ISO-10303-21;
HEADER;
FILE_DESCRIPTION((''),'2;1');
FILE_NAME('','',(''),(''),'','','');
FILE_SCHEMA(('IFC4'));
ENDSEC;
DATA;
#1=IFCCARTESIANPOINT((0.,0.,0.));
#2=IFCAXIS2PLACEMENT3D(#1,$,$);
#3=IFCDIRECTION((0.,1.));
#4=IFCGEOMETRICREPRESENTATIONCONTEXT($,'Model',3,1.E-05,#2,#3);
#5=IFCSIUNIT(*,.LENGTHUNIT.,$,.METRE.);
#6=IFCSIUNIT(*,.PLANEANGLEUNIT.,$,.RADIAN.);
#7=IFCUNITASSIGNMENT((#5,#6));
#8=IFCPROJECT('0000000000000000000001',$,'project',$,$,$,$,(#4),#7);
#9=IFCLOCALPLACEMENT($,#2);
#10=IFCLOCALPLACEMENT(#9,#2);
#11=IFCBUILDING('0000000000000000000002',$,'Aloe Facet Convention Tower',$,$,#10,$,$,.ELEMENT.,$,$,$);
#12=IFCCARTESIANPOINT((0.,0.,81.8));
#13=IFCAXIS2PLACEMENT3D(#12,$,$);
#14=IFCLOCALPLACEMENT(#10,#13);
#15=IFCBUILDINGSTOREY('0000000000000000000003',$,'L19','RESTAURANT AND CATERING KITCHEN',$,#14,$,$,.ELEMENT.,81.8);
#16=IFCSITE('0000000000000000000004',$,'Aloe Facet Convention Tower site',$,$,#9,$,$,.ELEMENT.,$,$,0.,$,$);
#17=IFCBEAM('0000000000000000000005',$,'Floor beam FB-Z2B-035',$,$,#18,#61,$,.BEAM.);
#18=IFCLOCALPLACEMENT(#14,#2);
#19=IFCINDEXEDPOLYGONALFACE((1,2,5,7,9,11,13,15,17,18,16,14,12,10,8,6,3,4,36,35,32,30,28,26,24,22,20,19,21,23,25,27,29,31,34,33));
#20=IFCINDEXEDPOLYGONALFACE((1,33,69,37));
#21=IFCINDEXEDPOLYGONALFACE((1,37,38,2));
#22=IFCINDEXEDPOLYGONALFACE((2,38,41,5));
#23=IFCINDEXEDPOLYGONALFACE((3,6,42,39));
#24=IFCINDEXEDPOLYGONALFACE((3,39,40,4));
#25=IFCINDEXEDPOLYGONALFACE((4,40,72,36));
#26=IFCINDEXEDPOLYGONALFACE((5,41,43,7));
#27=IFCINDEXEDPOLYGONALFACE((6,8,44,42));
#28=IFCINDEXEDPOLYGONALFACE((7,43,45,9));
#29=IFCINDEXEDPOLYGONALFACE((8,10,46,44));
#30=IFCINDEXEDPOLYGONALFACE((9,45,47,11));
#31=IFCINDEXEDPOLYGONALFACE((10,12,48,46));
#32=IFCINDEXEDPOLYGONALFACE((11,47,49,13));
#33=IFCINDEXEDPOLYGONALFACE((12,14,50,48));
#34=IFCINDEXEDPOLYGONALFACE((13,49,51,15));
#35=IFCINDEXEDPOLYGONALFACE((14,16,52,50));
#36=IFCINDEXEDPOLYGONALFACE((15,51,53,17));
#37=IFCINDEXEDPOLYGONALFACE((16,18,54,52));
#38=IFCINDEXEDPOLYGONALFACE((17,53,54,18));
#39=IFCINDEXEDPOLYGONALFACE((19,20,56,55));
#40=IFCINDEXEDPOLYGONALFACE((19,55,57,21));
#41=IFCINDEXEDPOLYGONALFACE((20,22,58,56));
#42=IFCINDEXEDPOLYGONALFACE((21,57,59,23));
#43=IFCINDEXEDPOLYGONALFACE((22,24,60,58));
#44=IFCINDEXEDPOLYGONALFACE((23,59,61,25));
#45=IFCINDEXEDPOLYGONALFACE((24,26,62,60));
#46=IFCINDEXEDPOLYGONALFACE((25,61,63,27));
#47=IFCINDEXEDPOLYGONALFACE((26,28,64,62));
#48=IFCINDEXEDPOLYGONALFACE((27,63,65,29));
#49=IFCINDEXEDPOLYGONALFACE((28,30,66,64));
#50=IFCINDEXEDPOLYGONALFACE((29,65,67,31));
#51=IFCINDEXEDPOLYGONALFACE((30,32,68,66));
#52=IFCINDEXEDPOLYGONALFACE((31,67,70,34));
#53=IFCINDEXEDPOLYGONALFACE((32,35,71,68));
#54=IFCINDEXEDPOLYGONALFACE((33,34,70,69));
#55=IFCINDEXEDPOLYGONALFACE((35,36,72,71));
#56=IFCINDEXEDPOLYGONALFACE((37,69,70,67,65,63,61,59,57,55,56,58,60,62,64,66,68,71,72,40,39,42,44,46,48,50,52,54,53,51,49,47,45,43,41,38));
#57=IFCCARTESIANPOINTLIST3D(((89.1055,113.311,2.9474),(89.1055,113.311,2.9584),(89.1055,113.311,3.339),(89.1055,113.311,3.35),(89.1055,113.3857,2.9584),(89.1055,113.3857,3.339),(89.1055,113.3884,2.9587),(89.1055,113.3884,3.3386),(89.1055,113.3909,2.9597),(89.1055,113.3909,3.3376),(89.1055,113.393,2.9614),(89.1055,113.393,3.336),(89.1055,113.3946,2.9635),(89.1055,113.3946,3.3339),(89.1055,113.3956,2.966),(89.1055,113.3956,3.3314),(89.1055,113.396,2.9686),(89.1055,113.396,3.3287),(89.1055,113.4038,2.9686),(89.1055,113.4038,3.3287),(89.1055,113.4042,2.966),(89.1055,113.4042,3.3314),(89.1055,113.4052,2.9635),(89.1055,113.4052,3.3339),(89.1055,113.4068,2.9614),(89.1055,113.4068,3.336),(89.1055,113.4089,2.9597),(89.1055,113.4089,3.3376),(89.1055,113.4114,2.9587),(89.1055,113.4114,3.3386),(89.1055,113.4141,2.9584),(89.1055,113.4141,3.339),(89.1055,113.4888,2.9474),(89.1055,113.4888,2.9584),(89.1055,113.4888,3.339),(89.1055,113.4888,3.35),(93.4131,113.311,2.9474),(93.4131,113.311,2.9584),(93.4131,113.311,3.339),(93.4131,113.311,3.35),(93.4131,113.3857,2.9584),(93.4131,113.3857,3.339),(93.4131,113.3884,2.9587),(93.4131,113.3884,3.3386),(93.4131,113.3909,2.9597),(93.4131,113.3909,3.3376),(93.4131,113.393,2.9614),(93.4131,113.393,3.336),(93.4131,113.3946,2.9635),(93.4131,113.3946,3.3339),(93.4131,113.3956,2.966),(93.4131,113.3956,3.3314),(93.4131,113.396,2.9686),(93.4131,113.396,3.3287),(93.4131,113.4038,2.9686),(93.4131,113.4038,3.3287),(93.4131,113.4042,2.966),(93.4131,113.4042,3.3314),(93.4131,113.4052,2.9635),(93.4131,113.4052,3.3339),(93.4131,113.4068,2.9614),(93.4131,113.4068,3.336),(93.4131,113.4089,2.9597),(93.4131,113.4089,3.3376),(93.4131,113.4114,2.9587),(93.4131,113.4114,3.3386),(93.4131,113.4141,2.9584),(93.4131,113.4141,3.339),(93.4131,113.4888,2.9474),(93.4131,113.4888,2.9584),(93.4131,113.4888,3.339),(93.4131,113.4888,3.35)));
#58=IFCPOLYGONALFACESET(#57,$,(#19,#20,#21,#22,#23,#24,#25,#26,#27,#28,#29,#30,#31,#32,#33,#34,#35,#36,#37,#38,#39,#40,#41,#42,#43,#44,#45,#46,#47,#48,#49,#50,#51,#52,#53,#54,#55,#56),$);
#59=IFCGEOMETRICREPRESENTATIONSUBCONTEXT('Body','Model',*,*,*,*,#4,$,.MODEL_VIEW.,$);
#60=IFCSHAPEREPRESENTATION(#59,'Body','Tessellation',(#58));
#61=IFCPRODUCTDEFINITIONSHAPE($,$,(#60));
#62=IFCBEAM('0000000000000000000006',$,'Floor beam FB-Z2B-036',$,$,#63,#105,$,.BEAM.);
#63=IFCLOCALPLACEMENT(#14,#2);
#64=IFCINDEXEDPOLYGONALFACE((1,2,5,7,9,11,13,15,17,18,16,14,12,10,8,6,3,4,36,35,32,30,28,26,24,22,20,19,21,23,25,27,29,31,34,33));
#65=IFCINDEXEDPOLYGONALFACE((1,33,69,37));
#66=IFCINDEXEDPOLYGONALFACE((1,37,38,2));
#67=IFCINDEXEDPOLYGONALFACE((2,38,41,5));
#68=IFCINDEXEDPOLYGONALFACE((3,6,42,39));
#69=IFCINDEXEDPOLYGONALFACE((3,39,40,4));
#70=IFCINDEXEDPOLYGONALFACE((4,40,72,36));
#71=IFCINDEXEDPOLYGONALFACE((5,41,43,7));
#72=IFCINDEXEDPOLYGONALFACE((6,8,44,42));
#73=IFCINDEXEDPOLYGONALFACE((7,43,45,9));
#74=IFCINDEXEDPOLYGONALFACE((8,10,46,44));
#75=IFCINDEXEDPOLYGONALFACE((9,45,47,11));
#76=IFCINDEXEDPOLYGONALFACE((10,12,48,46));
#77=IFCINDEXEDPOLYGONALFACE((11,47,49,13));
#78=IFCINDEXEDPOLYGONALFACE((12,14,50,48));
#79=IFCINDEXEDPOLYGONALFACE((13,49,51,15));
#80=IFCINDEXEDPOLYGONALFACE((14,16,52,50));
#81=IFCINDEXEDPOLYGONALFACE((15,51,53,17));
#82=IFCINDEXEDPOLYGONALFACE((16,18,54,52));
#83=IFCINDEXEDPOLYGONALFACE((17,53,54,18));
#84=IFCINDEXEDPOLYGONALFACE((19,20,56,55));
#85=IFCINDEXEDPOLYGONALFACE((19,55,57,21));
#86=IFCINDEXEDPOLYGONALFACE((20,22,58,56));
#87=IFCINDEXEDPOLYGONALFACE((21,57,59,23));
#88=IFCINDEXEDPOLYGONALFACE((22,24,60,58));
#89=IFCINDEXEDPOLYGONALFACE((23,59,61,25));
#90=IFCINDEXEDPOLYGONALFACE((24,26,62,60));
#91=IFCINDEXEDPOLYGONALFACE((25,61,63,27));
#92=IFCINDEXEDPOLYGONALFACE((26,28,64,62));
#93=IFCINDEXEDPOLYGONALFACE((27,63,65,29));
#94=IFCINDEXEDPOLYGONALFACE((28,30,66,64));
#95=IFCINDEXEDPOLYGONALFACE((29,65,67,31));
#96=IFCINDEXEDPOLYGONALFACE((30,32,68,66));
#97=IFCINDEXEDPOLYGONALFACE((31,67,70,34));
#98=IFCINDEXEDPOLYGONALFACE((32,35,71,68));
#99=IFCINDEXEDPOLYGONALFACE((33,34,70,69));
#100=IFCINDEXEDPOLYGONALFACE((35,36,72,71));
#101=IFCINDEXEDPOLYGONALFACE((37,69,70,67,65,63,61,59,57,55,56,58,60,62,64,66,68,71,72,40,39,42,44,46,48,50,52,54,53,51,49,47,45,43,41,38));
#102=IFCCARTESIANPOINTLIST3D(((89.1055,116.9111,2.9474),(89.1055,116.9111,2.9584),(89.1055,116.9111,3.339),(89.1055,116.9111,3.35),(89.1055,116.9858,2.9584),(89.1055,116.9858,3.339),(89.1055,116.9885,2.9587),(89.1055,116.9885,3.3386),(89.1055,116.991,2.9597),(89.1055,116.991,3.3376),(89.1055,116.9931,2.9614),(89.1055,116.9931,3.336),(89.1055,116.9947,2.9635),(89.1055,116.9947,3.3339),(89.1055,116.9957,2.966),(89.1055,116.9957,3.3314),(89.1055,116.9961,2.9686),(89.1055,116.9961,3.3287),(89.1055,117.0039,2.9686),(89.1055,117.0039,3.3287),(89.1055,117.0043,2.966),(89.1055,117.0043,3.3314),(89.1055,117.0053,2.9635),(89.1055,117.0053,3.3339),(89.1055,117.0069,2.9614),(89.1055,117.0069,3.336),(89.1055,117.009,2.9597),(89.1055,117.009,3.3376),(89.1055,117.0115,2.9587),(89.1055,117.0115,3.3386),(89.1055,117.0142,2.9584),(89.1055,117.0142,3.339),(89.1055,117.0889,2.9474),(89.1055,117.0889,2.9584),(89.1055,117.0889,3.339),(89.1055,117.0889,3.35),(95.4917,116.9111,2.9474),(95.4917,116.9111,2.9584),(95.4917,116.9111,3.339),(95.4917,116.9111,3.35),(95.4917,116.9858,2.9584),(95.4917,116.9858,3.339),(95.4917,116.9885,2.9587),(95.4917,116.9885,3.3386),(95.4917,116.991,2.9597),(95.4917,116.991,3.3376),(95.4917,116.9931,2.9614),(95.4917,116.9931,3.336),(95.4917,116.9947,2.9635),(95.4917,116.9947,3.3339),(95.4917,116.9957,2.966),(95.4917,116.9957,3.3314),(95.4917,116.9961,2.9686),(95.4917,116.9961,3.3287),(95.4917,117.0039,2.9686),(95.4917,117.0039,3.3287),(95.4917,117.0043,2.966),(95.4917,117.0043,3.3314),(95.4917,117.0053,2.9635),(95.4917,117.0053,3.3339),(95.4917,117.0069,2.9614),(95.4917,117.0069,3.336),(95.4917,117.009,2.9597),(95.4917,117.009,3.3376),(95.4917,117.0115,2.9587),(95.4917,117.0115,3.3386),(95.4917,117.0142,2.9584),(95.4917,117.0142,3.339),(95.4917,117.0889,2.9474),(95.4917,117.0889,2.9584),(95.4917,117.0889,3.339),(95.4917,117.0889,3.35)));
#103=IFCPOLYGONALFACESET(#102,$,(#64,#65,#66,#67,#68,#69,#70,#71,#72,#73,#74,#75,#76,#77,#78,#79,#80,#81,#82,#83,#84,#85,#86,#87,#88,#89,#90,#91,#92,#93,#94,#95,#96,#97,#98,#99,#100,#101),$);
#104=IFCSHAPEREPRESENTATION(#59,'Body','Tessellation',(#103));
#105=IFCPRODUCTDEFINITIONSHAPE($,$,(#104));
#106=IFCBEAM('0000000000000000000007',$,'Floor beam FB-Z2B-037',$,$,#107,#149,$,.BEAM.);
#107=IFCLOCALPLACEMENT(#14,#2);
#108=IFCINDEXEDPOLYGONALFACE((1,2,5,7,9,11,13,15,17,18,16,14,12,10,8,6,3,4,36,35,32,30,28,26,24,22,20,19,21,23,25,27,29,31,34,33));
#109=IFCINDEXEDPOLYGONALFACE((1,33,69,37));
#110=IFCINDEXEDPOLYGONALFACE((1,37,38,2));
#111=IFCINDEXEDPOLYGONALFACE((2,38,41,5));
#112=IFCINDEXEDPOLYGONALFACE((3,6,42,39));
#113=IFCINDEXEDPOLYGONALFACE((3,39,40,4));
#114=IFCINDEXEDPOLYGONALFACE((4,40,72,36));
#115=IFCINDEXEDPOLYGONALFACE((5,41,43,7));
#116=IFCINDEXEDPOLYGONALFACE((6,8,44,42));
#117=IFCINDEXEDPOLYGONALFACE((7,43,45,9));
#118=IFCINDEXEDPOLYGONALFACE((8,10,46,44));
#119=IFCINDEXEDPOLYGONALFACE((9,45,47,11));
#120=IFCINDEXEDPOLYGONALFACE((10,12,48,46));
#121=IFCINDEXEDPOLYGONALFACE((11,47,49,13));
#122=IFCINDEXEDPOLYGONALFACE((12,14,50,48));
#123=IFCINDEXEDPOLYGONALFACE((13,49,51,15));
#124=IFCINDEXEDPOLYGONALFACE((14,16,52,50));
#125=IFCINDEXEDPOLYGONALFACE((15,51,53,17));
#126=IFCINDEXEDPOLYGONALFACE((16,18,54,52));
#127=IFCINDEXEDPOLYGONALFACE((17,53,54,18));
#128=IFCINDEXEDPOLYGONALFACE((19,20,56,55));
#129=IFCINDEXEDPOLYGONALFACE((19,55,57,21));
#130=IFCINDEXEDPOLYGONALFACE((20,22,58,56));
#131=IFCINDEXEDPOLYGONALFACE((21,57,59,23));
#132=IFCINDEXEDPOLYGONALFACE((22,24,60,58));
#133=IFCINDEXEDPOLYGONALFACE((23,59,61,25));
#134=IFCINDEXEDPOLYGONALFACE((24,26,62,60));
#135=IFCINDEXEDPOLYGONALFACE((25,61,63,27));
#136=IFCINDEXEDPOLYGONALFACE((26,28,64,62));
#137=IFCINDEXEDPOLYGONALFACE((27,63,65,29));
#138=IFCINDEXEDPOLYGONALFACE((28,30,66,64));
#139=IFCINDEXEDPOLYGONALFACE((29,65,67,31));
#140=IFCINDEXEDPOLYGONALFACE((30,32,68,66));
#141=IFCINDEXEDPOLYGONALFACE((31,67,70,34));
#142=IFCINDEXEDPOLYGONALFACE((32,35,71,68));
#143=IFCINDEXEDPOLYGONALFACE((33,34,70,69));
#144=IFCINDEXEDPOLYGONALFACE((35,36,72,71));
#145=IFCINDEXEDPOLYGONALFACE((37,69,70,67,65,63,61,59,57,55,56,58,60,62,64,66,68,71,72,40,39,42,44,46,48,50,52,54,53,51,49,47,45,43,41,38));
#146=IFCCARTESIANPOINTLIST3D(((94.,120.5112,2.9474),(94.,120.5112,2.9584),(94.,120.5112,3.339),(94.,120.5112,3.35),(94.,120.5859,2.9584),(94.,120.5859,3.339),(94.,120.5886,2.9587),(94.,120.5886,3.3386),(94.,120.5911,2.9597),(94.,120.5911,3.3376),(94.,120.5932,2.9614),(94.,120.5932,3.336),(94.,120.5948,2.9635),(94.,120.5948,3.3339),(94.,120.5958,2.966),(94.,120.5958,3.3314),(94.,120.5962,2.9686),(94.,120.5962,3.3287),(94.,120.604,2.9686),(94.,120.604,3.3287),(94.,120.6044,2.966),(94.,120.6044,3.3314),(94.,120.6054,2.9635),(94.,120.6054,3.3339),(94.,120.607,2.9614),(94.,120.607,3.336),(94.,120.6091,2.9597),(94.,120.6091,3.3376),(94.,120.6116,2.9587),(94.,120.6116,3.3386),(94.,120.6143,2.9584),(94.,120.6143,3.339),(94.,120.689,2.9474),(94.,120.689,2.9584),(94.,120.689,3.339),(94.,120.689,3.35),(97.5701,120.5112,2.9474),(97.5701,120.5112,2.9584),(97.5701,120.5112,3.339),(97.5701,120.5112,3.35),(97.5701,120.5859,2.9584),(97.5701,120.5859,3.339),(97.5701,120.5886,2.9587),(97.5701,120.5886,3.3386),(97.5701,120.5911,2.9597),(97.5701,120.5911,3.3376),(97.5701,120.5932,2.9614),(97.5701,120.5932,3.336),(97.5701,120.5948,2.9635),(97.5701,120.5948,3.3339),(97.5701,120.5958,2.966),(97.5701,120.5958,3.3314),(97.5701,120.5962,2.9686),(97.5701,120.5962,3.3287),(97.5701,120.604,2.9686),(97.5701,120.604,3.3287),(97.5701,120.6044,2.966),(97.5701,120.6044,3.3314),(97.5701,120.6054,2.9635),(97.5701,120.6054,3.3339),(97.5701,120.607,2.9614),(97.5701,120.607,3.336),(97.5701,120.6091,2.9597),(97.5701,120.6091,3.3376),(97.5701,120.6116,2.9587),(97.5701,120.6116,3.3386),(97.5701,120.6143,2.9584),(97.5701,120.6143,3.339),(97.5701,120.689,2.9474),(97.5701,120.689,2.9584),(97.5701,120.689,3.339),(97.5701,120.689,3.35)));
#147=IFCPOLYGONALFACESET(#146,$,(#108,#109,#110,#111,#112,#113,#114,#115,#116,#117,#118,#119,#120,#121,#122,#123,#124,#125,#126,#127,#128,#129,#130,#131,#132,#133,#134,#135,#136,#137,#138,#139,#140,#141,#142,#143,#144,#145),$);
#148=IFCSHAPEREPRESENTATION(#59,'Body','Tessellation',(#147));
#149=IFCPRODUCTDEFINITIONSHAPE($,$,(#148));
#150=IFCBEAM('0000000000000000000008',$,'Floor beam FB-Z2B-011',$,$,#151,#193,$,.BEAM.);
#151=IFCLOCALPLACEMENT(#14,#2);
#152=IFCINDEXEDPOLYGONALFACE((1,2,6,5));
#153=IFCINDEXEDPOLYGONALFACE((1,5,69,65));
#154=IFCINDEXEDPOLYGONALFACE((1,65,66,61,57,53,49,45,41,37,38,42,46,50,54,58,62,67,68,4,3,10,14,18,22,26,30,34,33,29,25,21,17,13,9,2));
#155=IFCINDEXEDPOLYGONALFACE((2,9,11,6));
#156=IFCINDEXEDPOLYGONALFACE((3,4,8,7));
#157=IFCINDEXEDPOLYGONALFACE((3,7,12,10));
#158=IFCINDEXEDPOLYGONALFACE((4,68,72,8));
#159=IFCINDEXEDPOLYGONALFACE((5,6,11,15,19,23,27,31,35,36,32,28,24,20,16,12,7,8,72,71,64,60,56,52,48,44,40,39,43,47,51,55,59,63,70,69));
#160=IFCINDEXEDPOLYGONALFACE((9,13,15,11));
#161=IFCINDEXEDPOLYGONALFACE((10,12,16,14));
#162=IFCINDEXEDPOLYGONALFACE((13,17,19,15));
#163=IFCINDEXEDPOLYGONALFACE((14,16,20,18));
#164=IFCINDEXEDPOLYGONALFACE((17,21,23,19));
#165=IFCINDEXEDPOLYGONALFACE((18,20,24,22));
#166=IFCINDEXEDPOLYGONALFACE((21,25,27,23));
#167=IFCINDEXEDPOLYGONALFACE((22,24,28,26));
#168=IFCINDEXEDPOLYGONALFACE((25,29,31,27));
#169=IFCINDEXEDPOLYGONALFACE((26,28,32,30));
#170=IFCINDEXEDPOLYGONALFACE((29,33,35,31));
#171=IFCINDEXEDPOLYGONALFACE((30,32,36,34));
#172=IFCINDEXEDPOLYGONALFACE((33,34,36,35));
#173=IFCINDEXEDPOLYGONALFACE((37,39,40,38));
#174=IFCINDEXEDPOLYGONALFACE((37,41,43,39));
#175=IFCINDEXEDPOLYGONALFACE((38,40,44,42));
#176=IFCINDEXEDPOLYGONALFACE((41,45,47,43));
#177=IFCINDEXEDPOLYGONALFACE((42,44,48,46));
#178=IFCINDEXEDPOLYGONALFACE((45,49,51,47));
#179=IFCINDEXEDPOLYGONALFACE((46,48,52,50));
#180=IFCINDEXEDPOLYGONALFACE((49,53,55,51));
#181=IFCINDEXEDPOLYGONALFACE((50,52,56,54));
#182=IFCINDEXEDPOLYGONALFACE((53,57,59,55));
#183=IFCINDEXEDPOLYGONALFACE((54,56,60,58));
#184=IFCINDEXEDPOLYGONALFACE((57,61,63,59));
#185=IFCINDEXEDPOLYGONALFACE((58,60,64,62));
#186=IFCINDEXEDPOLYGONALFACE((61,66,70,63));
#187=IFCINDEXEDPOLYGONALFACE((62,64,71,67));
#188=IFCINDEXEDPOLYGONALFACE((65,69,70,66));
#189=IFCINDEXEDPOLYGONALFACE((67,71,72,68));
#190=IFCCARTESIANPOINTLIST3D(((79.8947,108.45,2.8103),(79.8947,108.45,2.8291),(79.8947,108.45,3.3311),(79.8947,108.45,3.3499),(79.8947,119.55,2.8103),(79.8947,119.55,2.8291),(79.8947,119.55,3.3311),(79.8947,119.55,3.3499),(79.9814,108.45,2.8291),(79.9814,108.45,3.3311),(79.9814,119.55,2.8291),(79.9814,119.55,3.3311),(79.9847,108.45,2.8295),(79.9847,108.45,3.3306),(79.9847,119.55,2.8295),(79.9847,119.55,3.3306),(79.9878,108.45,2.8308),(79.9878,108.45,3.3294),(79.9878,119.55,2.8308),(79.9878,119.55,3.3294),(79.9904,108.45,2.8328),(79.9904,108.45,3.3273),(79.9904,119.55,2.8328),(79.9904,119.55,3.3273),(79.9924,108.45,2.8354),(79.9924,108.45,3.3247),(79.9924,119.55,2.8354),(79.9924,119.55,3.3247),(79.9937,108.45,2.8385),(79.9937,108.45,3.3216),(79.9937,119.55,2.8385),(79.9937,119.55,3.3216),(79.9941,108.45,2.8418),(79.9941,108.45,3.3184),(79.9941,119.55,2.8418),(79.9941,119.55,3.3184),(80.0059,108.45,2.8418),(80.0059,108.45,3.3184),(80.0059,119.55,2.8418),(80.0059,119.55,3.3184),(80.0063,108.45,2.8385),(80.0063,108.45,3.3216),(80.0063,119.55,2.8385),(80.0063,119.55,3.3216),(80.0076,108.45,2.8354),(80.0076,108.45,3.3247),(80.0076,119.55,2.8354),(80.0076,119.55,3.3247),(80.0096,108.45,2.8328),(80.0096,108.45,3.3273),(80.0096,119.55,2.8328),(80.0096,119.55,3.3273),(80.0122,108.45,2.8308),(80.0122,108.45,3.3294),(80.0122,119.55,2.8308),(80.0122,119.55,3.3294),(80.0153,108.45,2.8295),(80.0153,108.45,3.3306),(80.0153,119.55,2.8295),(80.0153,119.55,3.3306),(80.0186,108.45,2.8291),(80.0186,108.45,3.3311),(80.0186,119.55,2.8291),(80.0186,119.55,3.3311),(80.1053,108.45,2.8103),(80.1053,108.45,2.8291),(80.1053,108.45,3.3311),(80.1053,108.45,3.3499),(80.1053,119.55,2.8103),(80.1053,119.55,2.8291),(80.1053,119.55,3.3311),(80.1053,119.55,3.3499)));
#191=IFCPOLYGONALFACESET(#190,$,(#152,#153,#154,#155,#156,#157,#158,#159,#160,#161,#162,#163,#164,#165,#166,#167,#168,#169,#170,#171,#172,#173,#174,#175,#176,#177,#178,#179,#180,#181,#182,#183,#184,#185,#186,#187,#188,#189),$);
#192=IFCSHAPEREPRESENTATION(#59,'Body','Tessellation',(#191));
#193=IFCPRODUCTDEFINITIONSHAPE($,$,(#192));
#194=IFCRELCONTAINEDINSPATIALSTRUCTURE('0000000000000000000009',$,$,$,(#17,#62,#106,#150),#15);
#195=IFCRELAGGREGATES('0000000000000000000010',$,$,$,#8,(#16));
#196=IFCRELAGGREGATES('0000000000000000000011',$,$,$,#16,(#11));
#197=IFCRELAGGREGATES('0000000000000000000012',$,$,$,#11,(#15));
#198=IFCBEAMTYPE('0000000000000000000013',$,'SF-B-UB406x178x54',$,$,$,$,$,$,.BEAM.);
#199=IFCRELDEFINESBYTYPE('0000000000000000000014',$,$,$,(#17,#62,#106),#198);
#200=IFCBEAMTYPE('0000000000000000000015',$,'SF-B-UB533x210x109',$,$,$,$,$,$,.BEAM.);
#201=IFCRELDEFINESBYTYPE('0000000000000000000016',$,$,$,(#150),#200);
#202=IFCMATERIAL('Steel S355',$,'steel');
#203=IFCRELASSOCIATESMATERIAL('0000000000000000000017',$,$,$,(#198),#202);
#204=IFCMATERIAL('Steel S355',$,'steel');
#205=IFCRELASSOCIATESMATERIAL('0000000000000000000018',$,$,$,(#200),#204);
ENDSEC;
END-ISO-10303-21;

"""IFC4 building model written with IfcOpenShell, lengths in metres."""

from ifc_helpers import new_model, si_unit, direction, frame, origin, origin_2d, place, context, subcontext, project, spatial, i_section, extrude, material, material_profile, profile_set, type_object, element, save


model = new_model("IFC4")

# Units and contexts
model_context = context("Model", 3, precision=1e-05, world=origin(), true_north=direction((0.0, 1.0)))
body_context = subcontext(model_context, "Body", "Model", "MODEL_VIEW")
ifc_project = project(units=[si_unit("LENGTHUNIT", "METRE"), si_unit("PLANEANGLEUNIT", "RADIAN")], contexts=[model_context])

# Site, building, storey
site_placement = place(None, origin())
site = spatial("IfcSite", under=ifc_project, at=site_placement, Name="Aloe Facet Convention Tower site", CompositionType="ELEMENT", RefElevation=0.0)
building_placement = place(site_placement, origin())
building = spatial("IfcBuilding", under=site, at=building_placement, Name="Aloe Facet Convention Tower", CompositionType="ELEMENT")
storey_placement = place(building_placement, frame((0.0, 0.0, 81.8)))
storey = spatial("IfcBuildingStorey", under=building, at=storey_placement, Name="L19", Description="RESTAURANT AND CATERING KITCHEN", CompositionType="ELEMENT", Elevation=81.8)

# Beams
ifc_material_1 = material(Name="Steel S355", Category="steel")
ifc_material_profile_1 = material_profile(ifc_material_1, i_section(OverallWidth=0.1777, OverallDepth=0.4026, WebThickness=0.0078, FlangeThickness=0.011, FilletRadius=0.0103, at=origin_2d()), Name="UB 406x178x54")
ifc_profile_set_1 = profile_set([ifc_material_profile_1], Name="Steel S355")
beam_type_1 = type_object("IfcBeamType", Name="SF-B-UB406x178x54", PredefinedType="BEAM", material=ifc_profile_set_1)
beam_1_placement = place(storey_placement, frame((89.1055, 113.3999, 3.1487), z_axis=(1.0, 0.0, 0.0), x_axis=(0.0, 1.0, 0.0)))
element("IfcBeam", 1, at=beam_1_placement, inside=storey, type_object=beam_type_1, Name="Floor beam FB-Z2B-035", PredefinedType="BEAM", context=body_context, shape_type="SweptSolid", body=[
    extrude(i_section(OverallWidth=0.1777, OverallDepth=0.4026, WebThickness=0.0078, FlangeThickness=0.011, FilletRadius=0.0103, at=origin_2d()), origin(), (0.0, 0.0, 1.0), 4.3076),
])
beam_2_placement = place(storey_placement, frame((89.1055, 117.0, 3.1487), z_axis=(1.0, 0.0, 0.0), x_axis=(0.0, 1.0, 0.0)))
element("IfcBeam", 2, at=beam_2_placement, inside=storey, type_object=beam_type_1, Name="Floor beam FB-Z2B-036", PredefinedType="BEAM", context=body_context, shape_type="SweptSolid", body=[
    extrude(i_section(OverallWidth=0.1777, OverallDepth=0.4026, WebThickness=0.0078, FlangeThickness=0.011, FilletRadius=0.0103, at=origin_2d()), origin(), (0.0, 0.0, 1.0), 6.3862),
])
beam_3_placement = place(storey_placement, frame((94.0, 120.6001, 3.1487), z_axis=(1.0, 0.0, 0.0), x_axis=(0.0, 1.0, 0.0)))
element("IfcBeam", 3, at=beam_3_placement, inside=storey, type_object=beam_type_1, Name="Floor beam FB-Z2B-037", PredefinedType="BEAM", context=body_context, shape_type="SweptSolid", body=[
    extrude(i_section(OverallWidth=0.1777, OverallDepth=0.4026, WebThickness=0.0078, FlangeThickness=0.011, FilletRadius=0.0103, at=origin_2d()), origin(), (0.0, 0.0, 1.0), 3.5701),
])
ifc_material_2 = material(Name="Steel S355", Category="steel")
ifc_material_profile_2 = material_profile(ifc_material_2, i_section(OverallWidth=0.2107, OverallDepth=0.5396, WebThickness=0.0117, FlangeThickness=0.0188, FilletRadius=0.0127, at=origin_2d()), Name="UB 533x210x109")
ifc_profile_set_2 = profile_set([ifc_material_profile_2], Name="Steel S355")
beam_type_2 = type_object("IfcBeamType", Name="SF-B-UB533x210x109", PredefinedType="BEAM", material=ifc_profile_set_2)
beam_4_placement = place(storey_placement, frame((80.0, 119.55, 3.0801), z_axis=(0.0, -1.0, 0.0), x_axis=(1.0, 0.0, 0.0)))
element("IfcBeam", 4, at=beam_4_placement, inside=storey, type_object=beam_type_2, Name="Floor beam FB-Z2B-011", PredefinedType="BEAM", context=body_context, shape_type="SweptSolid", body=[
    extrude(i_section(OverallWidth=0.2107, OverallDepth=0.5396, WebThickness=0.0117, FlangeThickness=0.0188, FilletRadius=0.0127, at=origin_2d()), origin(), (0.0, 0.0, 1.0), 11.1001),
])

save(model, "model.ifc")
